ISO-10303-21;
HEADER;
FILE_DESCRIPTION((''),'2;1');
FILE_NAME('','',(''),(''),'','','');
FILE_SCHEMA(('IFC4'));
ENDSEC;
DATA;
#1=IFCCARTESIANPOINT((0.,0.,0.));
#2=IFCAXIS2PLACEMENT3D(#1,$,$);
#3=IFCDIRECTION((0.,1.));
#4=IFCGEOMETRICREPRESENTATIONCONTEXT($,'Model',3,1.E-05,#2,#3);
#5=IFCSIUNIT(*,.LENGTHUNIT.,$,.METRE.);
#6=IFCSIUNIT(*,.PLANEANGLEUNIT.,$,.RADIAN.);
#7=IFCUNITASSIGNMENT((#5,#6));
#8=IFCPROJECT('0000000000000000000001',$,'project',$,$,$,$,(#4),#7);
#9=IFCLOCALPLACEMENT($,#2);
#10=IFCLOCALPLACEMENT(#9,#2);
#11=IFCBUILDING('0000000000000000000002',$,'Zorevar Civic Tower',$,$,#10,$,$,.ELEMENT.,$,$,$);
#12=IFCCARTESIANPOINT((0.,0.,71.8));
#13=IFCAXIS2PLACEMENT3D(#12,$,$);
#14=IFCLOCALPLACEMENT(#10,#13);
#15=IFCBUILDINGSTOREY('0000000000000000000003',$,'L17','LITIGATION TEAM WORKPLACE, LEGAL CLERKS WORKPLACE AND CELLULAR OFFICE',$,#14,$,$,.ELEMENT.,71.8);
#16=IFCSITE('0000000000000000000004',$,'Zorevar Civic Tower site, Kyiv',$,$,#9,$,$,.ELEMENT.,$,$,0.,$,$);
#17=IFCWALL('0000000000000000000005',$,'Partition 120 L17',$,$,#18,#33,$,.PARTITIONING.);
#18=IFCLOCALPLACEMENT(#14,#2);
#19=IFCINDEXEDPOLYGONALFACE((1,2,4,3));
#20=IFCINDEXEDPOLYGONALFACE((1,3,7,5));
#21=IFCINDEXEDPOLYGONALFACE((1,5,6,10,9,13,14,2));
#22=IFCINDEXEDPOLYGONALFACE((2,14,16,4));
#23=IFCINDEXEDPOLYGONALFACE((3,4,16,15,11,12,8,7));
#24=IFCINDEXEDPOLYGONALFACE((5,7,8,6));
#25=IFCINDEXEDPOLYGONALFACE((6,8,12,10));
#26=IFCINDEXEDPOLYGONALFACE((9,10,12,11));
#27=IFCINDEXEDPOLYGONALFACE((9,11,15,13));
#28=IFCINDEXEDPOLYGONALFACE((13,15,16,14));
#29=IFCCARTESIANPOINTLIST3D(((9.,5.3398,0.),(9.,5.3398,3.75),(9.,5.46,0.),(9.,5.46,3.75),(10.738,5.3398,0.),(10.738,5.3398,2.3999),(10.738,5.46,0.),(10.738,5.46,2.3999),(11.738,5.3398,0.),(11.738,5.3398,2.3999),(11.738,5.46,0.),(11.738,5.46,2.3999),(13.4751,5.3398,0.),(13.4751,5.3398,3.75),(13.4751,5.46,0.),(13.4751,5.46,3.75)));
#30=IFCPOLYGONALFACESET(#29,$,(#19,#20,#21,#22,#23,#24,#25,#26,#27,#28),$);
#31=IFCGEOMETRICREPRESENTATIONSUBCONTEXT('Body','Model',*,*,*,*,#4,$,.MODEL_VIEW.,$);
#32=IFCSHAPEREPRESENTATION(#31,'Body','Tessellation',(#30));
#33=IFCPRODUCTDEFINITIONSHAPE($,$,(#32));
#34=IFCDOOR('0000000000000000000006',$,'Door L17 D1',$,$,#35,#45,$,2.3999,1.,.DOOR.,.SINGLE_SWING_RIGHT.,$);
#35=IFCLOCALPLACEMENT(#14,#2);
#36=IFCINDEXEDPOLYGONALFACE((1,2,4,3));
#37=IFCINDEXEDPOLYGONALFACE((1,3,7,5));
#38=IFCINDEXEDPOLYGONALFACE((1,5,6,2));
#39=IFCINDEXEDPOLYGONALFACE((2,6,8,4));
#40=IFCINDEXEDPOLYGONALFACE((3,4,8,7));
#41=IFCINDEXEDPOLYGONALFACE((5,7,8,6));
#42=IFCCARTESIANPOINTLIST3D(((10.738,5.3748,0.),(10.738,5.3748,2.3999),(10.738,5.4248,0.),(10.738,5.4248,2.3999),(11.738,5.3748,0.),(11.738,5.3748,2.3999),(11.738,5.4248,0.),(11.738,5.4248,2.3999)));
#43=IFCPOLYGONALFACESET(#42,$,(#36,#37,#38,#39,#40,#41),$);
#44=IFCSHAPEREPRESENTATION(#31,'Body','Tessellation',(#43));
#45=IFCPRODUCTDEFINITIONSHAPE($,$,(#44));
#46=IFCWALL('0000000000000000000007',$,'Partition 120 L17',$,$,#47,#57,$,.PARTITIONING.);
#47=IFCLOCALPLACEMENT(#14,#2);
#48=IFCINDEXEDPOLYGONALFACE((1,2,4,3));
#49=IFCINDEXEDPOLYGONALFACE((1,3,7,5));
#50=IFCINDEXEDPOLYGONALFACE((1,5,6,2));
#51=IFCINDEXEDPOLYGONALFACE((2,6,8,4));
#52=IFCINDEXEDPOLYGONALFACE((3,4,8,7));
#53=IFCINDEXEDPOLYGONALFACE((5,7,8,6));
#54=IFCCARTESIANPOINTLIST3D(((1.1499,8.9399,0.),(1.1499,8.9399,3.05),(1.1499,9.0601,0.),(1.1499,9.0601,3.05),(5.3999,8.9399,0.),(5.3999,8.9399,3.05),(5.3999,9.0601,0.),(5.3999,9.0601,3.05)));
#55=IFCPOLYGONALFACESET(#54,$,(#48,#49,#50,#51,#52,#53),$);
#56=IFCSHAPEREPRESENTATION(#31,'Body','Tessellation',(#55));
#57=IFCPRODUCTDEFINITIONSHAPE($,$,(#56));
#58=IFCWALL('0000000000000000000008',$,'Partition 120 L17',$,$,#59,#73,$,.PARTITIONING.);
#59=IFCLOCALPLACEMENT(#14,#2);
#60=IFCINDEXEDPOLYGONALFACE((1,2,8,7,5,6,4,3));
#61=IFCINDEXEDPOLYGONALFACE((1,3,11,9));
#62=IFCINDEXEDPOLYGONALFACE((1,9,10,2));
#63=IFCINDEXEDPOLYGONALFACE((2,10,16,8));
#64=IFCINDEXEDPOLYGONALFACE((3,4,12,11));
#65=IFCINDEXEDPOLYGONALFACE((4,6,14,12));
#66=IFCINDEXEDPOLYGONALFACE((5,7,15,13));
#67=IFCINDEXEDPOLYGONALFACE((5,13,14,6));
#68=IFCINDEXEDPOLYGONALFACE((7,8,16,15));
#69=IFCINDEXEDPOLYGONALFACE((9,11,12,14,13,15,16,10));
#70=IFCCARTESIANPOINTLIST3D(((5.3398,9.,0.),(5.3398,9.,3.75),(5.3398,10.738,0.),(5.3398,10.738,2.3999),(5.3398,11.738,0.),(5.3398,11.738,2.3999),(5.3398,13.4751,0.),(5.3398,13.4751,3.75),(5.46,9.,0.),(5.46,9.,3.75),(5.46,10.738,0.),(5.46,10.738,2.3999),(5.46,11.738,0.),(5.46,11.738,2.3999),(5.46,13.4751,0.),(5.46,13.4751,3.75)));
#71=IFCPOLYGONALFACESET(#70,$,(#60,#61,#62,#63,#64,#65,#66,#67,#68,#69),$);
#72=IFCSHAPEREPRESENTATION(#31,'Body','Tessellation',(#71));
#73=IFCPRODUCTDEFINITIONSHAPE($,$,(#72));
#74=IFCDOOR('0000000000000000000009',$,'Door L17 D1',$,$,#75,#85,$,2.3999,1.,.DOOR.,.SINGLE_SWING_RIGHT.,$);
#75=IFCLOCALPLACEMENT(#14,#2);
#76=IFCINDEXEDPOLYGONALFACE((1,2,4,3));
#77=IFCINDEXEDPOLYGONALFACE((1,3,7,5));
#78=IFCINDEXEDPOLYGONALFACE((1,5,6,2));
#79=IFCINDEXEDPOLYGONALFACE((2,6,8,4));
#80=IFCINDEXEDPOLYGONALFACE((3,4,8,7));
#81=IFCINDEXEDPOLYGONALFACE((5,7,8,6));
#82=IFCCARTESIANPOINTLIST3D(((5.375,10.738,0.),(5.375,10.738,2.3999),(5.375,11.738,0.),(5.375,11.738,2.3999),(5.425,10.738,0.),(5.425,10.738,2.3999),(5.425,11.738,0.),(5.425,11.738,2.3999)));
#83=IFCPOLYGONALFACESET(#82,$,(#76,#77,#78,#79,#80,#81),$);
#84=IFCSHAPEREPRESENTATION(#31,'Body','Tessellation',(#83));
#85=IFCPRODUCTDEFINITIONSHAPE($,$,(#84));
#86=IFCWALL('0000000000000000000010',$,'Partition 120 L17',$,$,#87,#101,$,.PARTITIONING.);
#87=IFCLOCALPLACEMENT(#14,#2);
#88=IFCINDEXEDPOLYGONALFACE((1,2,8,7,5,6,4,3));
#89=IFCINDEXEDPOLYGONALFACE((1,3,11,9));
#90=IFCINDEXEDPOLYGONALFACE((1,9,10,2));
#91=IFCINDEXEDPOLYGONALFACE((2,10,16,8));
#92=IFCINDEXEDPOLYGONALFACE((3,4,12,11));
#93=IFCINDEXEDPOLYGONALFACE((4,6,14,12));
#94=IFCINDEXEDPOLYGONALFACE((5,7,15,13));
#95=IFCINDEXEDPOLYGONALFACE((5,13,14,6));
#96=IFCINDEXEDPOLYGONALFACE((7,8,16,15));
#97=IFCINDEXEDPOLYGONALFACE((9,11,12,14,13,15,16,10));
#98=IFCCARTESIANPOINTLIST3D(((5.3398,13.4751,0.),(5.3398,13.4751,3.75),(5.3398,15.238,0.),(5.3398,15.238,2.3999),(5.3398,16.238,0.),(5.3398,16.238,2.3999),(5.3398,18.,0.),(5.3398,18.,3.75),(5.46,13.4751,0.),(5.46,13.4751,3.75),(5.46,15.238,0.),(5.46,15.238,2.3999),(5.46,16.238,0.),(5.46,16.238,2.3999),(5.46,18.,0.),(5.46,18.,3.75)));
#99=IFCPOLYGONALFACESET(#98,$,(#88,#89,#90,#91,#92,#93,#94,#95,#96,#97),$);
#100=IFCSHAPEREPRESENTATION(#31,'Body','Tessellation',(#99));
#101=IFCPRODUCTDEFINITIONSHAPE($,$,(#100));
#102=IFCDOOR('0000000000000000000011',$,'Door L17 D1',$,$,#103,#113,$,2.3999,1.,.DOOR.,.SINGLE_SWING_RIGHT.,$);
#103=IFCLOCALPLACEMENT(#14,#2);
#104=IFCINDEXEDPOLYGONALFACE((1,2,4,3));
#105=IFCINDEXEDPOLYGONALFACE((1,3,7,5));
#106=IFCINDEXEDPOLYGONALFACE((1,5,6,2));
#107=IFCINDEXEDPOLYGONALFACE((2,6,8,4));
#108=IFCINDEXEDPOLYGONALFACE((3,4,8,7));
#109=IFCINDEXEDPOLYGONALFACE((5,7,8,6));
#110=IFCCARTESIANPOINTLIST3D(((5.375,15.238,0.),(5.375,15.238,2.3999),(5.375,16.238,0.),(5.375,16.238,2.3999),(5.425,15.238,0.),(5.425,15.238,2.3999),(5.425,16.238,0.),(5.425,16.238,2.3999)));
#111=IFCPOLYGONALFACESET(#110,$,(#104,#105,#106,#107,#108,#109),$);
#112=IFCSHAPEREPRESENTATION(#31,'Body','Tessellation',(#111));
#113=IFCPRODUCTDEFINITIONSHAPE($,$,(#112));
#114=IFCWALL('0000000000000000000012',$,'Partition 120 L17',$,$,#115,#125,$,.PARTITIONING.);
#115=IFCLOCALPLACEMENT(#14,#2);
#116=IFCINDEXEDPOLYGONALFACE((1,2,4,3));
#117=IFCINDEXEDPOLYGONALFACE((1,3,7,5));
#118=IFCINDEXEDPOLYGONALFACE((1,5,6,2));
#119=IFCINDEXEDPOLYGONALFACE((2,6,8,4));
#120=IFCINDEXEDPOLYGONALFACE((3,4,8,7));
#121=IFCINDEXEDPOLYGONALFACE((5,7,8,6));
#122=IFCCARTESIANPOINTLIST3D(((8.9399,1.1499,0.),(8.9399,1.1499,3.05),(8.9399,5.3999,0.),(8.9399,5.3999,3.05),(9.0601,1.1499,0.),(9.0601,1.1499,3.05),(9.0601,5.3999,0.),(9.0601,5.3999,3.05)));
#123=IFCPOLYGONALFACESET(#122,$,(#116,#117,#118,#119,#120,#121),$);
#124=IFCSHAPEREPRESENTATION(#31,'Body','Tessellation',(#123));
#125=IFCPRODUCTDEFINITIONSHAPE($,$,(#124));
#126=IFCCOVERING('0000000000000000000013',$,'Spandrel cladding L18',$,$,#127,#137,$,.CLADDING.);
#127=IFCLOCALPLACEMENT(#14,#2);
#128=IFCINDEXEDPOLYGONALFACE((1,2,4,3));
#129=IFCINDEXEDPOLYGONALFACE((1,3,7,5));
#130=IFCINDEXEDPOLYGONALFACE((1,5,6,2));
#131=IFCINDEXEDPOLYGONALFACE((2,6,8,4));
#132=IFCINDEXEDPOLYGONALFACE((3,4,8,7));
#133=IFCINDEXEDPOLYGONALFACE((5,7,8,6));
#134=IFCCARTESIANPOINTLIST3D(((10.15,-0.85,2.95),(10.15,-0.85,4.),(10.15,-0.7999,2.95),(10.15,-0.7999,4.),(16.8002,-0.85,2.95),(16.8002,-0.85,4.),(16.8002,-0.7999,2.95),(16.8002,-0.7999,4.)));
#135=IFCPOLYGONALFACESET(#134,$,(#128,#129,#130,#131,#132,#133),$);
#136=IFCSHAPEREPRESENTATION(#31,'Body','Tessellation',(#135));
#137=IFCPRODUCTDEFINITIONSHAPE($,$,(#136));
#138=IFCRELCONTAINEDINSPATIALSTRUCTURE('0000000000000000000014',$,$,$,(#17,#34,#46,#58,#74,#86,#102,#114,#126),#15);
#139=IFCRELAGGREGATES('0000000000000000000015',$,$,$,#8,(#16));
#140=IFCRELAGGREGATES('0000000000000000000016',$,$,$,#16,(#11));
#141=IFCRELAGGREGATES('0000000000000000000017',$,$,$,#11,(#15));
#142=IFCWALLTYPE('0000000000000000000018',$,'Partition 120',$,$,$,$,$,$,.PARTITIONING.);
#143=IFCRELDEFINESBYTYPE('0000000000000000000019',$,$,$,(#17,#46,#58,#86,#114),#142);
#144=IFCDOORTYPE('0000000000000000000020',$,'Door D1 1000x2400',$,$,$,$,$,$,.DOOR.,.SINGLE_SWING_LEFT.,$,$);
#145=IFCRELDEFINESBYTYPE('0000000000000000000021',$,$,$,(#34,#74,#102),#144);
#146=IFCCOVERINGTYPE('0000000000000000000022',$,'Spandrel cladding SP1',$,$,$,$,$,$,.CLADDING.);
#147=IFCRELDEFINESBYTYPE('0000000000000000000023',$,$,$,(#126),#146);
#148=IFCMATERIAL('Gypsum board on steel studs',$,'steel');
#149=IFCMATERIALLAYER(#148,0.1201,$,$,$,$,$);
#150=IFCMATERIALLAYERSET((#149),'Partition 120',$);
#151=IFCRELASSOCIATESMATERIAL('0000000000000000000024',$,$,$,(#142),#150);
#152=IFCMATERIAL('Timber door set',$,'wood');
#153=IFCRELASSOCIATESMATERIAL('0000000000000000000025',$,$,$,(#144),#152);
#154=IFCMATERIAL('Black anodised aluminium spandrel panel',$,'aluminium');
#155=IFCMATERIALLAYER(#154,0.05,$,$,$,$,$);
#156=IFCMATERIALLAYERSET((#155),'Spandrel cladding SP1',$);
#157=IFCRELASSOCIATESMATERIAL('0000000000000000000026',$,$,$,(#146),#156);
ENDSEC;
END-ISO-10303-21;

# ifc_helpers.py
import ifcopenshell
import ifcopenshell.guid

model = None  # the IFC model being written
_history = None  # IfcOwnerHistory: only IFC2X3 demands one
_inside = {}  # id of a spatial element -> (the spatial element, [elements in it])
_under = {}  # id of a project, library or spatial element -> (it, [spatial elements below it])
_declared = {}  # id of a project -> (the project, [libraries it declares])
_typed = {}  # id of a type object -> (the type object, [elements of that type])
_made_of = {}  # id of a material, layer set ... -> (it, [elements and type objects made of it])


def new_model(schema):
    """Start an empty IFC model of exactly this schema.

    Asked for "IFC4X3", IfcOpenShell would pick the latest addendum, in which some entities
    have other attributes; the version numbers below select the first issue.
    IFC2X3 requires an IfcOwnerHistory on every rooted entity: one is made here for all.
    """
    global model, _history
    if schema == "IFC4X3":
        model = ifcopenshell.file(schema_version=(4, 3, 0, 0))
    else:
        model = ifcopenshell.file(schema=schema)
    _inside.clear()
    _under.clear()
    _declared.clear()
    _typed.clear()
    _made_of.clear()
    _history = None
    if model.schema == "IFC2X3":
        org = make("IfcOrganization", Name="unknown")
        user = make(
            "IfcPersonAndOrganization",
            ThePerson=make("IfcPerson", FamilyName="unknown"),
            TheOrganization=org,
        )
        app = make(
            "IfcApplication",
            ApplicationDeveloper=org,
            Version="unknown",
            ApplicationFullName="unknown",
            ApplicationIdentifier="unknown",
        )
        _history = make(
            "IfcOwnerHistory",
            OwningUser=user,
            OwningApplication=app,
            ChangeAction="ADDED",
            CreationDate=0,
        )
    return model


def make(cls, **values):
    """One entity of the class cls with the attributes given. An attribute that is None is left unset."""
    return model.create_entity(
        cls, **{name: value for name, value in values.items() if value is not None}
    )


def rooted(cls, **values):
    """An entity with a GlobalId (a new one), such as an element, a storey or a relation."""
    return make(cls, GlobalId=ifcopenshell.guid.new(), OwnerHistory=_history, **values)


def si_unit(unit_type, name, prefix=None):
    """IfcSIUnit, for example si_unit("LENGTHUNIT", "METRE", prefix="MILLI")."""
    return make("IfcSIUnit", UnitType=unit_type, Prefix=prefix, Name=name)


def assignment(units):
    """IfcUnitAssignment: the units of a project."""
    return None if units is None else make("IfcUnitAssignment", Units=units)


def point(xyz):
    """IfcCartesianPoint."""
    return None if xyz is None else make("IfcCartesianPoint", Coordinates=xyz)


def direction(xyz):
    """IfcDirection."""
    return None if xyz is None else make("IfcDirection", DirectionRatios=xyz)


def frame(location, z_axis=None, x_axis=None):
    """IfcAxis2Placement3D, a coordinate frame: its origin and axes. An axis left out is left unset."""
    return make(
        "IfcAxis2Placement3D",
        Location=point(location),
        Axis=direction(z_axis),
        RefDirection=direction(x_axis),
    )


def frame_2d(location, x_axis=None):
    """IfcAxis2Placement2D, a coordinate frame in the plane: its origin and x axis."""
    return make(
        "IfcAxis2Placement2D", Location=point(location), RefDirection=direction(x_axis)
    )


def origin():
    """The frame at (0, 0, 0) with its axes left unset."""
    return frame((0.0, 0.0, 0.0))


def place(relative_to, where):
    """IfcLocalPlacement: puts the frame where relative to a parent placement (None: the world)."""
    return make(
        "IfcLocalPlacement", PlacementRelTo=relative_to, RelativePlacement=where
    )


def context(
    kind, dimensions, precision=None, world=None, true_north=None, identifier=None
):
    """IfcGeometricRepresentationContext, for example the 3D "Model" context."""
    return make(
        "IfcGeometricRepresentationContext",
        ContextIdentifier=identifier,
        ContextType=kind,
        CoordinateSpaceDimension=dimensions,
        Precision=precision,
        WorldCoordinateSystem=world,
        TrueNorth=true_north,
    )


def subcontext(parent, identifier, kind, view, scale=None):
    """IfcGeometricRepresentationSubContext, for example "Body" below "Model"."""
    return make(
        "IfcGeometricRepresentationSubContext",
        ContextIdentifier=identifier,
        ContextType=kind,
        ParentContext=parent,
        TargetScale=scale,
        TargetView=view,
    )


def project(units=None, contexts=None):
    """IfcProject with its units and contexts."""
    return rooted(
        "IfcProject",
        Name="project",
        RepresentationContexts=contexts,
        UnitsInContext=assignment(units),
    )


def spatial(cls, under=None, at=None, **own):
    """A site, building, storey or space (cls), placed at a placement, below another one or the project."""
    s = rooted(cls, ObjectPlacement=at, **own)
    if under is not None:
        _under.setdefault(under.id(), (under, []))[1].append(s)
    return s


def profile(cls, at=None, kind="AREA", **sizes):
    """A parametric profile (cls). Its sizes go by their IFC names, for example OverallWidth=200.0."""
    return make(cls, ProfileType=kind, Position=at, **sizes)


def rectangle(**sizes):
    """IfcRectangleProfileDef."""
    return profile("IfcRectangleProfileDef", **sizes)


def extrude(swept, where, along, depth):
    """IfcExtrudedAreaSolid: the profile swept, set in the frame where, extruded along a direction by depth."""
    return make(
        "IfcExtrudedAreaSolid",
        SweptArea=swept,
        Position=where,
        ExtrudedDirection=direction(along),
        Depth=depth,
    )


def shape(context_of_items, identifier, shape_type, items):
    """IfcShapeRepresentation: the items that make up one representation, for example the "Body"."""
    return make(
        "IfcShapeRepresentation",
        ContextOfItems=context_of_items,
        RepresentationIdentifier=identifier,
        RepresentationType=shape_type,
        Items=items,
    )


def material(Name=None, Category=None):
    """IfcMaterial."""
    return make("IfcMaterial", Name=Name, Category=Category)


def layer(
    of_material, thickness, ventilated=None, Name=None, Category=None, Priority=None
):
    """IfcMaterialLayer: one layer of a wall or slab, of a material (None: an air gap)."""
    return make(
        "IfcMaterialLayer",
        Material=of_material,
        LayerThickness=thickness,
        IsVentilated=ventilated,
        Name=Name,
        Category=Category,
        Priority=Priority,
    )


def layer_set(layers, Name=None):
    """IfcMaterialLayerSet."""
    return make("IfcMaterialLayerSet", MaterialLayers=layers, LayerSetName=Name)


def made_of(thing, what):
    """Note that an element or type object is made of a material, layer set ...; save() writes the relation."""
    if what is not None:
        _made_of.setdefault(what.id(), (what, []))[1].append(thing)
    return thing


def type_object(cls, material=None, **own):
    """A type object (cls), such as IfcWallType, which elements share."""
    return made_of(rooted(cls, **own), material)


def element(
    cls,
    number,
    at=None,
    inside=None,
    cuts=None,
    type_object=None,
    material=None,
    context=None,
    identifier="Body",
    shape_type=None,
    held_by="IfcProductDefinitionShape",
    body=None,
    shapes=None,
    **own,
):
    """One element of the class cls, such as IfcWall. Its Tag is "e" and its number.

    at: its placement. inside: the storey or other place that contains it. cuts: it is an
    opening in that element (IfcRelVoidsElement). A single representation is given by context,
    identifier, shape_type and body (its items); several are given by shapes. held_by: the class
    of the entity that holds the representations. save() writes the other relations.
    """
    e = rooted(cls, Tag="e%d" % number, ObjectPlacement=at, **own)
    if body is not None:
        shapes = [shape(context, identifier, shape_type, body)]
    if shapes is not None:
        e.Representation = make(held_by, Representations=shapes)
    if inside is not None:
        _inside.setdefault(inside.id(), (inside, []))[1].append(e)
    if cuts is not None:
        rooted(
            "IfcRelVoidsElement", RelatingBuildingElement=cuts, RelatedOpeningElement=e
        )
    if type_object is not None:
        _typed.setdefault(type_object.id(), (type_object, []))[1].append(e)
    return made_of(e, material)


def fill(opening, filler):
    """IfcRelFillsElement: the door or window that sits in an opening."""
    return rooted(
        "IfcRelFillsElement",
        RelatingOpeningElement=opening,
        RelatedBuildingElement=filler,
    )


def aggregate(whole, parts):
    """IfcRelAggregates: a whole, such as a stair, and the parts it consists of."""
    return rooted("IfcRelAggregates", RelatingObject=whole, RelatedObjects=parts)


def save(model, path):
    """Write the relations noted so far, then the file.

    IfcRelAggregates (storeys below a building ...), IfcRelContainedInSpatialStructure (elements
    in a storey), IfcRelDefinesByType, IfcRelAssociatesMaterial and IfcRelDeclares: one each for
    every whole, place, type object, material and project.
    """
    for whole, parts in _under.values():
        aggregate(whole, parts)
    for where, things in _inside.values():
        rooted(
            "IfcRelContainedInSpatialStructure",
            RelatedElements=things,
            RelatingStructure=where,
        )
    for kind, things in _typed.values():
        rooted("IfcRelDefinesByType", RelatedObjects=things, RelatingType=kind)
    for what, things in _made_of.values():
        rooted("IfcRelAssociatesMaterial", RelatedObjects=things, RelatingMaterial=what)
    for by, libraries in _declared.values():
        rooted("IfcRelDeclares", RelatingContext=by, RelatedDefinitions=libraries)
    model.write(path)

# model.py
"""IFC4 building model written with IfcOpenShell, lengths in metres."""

from ifc_helpers import new_model, si_unit, direction, frame, frame_2d, origin, place, context, subcontext, project, spatial, rectangle, extrude, material, layer, layer_set, type_object, element, fill, save


model = new_model("IFC4")

# Units and contexts
model_context = context("Model", 3, precision=1e-05, world=origin(), true_north=direction((0.0, 1.0)))
body_context = subcontext(model_context, "Body", "Model", "MODEL_VIEW")
ifc_project = project(units=[si_unit("LENGTHUNIT", "METRE"), si_unit("PLANEANGLEUNIT", "RADIAN")], contexts=[model_context])

# Site, building, storey
site_placement = place(None, origin())
site = spatial("IfcSite", under=ifc_project, at=site_placement, Name="Zorevar Civic Tower site, Kyiv", CompositionType="ELEMENT", RefElevation=0.0)
building_placement = place(site_placement, origin())
building = spatial("IfcBuilding", under=site, at=building_placement, Name="Zorevar Civic Tower", CompositionType="ELEMENT")
storey_placement = place(building_placement, frame((0.0, 0.0, 71.8)))
storey = spatial("IfcBuildingStorey", under=building, at=storey_placement, Name="L17", Description="LITIGATION TEAM WORKPLACE, LEGAL CLERKS WORKPLACE AND CELLULAR OFFICE", CompositionType="ELEMENT", Elevation=71.8)

# Wall, opening, door
ifc_material_1 = material(Name="Gypsum board on steel studs", Category="steel")
ifc_layer_1 = layer(ifc_material_1, 0.1201)
ifc_layer_set_1 = layer_set([ifc_layer_1], Name="Partition 120")
wall_type_1 = type_object("IfcWallType", Name="Partition 120", PredefinedType="PARTITIONING", material=ifc_layer_set_1)
wall_1_placement = place(storey_placement, frame((9.0, 5.3999, 0.0), z_axis=(0.0, 0.0, 1.0), x_axis=(1.0, 0.0, 0.0)))
wall_1 = element("IfcWall", 1, at=wall_1_placement, inside=storey, type_object=wall_type_1, Name="Partition 120 L17", PredefinedType="PARTITIONING", context=body_context, shape_type="SweptSolid", body=[
    extrude(rectangle(XDim=4.4751, YDim=0.1201, at=frame_2d((2.2375, 0.0))), origin(), (0.0, 0.0, 1.0), 3.75),
])
opening_1_placement = place(wall_1_placement, frame((1.738, 0.0, 0.0)))
opening_1 = element("IfcOpeningElement", 2, at=opening_1_placement, cuts=wall_1, PredefinedType="OPENING", context=body_context, shape_type="SweptSolid", body=[
    extrude(rectangle(XDim=1.0, YDim=2.3999, at=frame_2d((0.5, 1.2))), frame((0.0, 0.0701, 0.0), z_axis=(0.0, -1.0, 0.0), x_axis=(1.0, 0.0, 0.0)), (0.0, 0.0, 1.0), 0.1401),
])
ifc_material_2 = material(Name="Timber door set", Category="wood")
door_type = type_object("IfcDoorType", Name="Door D1 1000x2400", OperationType="SINGLE_SWING_LEFT", PredefinedType="DOOR", material=ifc_material_2)
door_1_placement = place(opening_1_placement, origin())
door_1 = element("IfcDoor", 3, at=door_1_placement, inside=storey, type_object=door_type, Name="Door L17 D1", OperationType="SINGLE_SWING_RIGHT", OverallHeight=2.3999, OverallWidth=1.0, PredefinedType="DOOR", context=body_context, shape_type="SweptSolid", body=[
    extrude(rectangle(XDim=1.0, YDim=2.3999, at=frame_2d((0.5, 1.2))), frame((0.0, 0.0249, 0.0), z_axis=(0.0, -1.0, 0.0), x_axis=(1.0, 0.0, 0.0)), (0.0, 0.0, 1.0), 0.05),
])
fill(opening_1, door_1)

# Wall
wall_2_placement = place(storey_placement, frame((1.1499, 9.0, 0.0), z_axis=(0.0, 0.0, 1.0), x_axis=(1.0, 0.0, 0.0)))
element("IfcWall", 4, at=wall_2_placement, inside=storey, type_object=wall_type_1, Name="Partition 120 L17", PredefinedType="PARTITIONING", context=body_context, shape_type="SweptSolid", body=[
    extrude(rectangle(XDim=4.25, YDim=0.1201, at=frame_2d((2.125, 0.0))), origin(), (0.0, 0.0, 1.0), 3.05),
])

# Walls, openings, doors
wall_3_placement = place(storey_placement, frame((5.3999, 9.0, 0.0), z_axis=(0.0, 0.0, 1.0), x_axis=(0.0, 1.0, 0.0)))
wall_3 = element("IfcWall", 5, at=wall_3_placement, inside=storey, type_object=wall_type_1, Name="Partition 120 L17", PredefinedType="PARTITIONING", context=body_context, shape_type="SweptSolid", body=[
    extrude(rectangle(XDim=4.4751, YDim=0.1201, at=frame_2d((2.2375, 0.0))), origin(), (0.0, 0.0, 1.0), 3.75),
])
opening_2_placement = place(wall_3_placement, frame((1.738, 0.0, 0.0)))
opening_2 = element("IfcOpeningElement", 6, at=opening_2_placement, cuts=wall_3, PredefinedType="OPENING", context=body_context, shape_type="SweptSolid", body=[
    extrude(rectangle(XDim=1.0, YDim=2.3999, at=frame_2d((0.5, 1.2))), frame((0.0, 0.0701, 0.0), z_axis=(0.0, -1.0, 0.0), x_axis=(1.0, 0.0, 0.0)), (0.0, 0.0, 1.0), 0.1401),
])
door_2_placement = place(opening_2_placement, origin())
door_2 = element("IfcDoor", 7, at=door_2_placement, inside=storey, type_object=door_type, Name="Door L17 D1", OperationType="SINGLE_SWING_RIGHT", OverallHeight=2.3999, OverallWidth=1.0, PredefinedType="DOOR", context=body_context, shape_type="SweptSolid", body=[
    extrude(rectangle(XDim=1.0, YDim=2.3999, at=frame_2d((0.5, 1.2))), frame((0.0, 0.0249, 0.0), z_axis=(0.0, -1.0, 0.0), x_axis=(1.0, 0.0, 0.0)), (0.0, 0.0, 1.0), 0.05),
])
fill(opening_2, door_2)
wall_4_placement = place(storey_placement, frame((5.3999, 13.4751, 0.0), z_axis=(0.0, 0.0, 1.0), x_axis=(0.0, 1.0, 0.0)))
wall_4 = element("IfcWall", 8, at=wall_4_placement, inside=storey, type_object=wall_type_1, Name="Partition 120 L17", PredefinedType="PARTITIONING", context=body_context, shape_type="SweptSolid", body=[
    extrude(rectangle(XDim=4.5249, YDim=0.1201, at=frame_2d((2.2625, 0.0))), origin(), (0.0, 0.0, 1.0), 3.75),
])
opening_3_placement = place(wall_4_placement, frame((1.7629, 0.0, 0.0)))
opening_3 = element("IfcOpeningElement", 9, at=opening_3_placement, cuts=wall_4, PredefinedType="OPENING", context=body_context, shape_type="SweptSolid", body=[
    extrude(rectangle(XDim=1.0, YDim=2.3999, at=frame_2d((0.5, 1.2))), frame((0.0, 0.0701, 0.0), z_axis=(0.0, -1.0, 0.0), x_axis=(1.0, 0.0, 0.0)), (0.0, 0.0, 1.0), 0.1401),
])
door_3_placement = place(opening_3_placement, origin())
door_3 = element("IfcDoor", 10, at=door_3_placement, inside=storey, type_object=door_type, Name="Door L17 D1", OperationType="SINGLE_SWING_RIGHT", OverallHeight=2.3999, OverallWidth=1.0, PredefinedType="DOOR", context=body_context, shape_type="SweptSolid", body=[
    extrude(rectangle(XDim=1.0, YDim=2.3999, at=frame_2d((0.5, 1.2))), frame((0.0, 0.0249, 0.0), z_axis=(0.0, -1.0, 0.0), x_axis=(1.0, 0.0, 0.0)), (0.0, 0.0, 1.0), 0.05),
])
fill(opening_3, door_3)

# Wall
wall_5_placement = place(storey_placement, frame((9.0, 1.1499, 0.0), z_axis=(0.0, 0.0, 1.0), x_axis=(0.0, 1.0, 0.0)))
element("IfcWall", 11, at=wall_5_placement, inside=storey, type_object=wall_type_1, Name="Partition 120 L17", PredefinedType="PARTITIONING", context=body_context, shape_type="SweptSolid", body=[
    extrude(rectangle(XDim=4.25, YDim=0.1201, at=frame_2d((2.125, 0.0))), origin(), (0.0, 0.0, 1.0), 3.05),
])

# Covering
ifc_material_3 = material(Name="Black anodised aluminium spandrel panel", Category="aluminium")
ifc_layer_2 = layer(ifc_material_3, 0.05)
ifc_layer_set_2 = layer_set([ifc_layer_2], Name="Spandrel cladding SP1")
covering_type = type_object("IfcCoveringType", Name="Spandrel cladding SP1", PredefinedType="CLADDING", material=ifc_layer_set_2)
covering_placement = place(storey_placement, frame((10.1499, -0.825, 2.95), z_axis=(0.0, 0.0, 1.0), x_axis=(1.0, 0.0, 0.0)))
element("IfcCovering", 12, at=covering_placement, inside=storey, type_object=covering_type, Name="Spandrel cladding L18", PredefinedType="CLADDING", context=body_context, shape_type="SweptSolid", body=[
    extrude(rectangle(XDim=6.6501, YDim=0.05, at=frame_2d((3.3252, 0.0))), origin(), (0.0, 0.0, 1.0), 1.05),
])

save(model, "model.ifc")
